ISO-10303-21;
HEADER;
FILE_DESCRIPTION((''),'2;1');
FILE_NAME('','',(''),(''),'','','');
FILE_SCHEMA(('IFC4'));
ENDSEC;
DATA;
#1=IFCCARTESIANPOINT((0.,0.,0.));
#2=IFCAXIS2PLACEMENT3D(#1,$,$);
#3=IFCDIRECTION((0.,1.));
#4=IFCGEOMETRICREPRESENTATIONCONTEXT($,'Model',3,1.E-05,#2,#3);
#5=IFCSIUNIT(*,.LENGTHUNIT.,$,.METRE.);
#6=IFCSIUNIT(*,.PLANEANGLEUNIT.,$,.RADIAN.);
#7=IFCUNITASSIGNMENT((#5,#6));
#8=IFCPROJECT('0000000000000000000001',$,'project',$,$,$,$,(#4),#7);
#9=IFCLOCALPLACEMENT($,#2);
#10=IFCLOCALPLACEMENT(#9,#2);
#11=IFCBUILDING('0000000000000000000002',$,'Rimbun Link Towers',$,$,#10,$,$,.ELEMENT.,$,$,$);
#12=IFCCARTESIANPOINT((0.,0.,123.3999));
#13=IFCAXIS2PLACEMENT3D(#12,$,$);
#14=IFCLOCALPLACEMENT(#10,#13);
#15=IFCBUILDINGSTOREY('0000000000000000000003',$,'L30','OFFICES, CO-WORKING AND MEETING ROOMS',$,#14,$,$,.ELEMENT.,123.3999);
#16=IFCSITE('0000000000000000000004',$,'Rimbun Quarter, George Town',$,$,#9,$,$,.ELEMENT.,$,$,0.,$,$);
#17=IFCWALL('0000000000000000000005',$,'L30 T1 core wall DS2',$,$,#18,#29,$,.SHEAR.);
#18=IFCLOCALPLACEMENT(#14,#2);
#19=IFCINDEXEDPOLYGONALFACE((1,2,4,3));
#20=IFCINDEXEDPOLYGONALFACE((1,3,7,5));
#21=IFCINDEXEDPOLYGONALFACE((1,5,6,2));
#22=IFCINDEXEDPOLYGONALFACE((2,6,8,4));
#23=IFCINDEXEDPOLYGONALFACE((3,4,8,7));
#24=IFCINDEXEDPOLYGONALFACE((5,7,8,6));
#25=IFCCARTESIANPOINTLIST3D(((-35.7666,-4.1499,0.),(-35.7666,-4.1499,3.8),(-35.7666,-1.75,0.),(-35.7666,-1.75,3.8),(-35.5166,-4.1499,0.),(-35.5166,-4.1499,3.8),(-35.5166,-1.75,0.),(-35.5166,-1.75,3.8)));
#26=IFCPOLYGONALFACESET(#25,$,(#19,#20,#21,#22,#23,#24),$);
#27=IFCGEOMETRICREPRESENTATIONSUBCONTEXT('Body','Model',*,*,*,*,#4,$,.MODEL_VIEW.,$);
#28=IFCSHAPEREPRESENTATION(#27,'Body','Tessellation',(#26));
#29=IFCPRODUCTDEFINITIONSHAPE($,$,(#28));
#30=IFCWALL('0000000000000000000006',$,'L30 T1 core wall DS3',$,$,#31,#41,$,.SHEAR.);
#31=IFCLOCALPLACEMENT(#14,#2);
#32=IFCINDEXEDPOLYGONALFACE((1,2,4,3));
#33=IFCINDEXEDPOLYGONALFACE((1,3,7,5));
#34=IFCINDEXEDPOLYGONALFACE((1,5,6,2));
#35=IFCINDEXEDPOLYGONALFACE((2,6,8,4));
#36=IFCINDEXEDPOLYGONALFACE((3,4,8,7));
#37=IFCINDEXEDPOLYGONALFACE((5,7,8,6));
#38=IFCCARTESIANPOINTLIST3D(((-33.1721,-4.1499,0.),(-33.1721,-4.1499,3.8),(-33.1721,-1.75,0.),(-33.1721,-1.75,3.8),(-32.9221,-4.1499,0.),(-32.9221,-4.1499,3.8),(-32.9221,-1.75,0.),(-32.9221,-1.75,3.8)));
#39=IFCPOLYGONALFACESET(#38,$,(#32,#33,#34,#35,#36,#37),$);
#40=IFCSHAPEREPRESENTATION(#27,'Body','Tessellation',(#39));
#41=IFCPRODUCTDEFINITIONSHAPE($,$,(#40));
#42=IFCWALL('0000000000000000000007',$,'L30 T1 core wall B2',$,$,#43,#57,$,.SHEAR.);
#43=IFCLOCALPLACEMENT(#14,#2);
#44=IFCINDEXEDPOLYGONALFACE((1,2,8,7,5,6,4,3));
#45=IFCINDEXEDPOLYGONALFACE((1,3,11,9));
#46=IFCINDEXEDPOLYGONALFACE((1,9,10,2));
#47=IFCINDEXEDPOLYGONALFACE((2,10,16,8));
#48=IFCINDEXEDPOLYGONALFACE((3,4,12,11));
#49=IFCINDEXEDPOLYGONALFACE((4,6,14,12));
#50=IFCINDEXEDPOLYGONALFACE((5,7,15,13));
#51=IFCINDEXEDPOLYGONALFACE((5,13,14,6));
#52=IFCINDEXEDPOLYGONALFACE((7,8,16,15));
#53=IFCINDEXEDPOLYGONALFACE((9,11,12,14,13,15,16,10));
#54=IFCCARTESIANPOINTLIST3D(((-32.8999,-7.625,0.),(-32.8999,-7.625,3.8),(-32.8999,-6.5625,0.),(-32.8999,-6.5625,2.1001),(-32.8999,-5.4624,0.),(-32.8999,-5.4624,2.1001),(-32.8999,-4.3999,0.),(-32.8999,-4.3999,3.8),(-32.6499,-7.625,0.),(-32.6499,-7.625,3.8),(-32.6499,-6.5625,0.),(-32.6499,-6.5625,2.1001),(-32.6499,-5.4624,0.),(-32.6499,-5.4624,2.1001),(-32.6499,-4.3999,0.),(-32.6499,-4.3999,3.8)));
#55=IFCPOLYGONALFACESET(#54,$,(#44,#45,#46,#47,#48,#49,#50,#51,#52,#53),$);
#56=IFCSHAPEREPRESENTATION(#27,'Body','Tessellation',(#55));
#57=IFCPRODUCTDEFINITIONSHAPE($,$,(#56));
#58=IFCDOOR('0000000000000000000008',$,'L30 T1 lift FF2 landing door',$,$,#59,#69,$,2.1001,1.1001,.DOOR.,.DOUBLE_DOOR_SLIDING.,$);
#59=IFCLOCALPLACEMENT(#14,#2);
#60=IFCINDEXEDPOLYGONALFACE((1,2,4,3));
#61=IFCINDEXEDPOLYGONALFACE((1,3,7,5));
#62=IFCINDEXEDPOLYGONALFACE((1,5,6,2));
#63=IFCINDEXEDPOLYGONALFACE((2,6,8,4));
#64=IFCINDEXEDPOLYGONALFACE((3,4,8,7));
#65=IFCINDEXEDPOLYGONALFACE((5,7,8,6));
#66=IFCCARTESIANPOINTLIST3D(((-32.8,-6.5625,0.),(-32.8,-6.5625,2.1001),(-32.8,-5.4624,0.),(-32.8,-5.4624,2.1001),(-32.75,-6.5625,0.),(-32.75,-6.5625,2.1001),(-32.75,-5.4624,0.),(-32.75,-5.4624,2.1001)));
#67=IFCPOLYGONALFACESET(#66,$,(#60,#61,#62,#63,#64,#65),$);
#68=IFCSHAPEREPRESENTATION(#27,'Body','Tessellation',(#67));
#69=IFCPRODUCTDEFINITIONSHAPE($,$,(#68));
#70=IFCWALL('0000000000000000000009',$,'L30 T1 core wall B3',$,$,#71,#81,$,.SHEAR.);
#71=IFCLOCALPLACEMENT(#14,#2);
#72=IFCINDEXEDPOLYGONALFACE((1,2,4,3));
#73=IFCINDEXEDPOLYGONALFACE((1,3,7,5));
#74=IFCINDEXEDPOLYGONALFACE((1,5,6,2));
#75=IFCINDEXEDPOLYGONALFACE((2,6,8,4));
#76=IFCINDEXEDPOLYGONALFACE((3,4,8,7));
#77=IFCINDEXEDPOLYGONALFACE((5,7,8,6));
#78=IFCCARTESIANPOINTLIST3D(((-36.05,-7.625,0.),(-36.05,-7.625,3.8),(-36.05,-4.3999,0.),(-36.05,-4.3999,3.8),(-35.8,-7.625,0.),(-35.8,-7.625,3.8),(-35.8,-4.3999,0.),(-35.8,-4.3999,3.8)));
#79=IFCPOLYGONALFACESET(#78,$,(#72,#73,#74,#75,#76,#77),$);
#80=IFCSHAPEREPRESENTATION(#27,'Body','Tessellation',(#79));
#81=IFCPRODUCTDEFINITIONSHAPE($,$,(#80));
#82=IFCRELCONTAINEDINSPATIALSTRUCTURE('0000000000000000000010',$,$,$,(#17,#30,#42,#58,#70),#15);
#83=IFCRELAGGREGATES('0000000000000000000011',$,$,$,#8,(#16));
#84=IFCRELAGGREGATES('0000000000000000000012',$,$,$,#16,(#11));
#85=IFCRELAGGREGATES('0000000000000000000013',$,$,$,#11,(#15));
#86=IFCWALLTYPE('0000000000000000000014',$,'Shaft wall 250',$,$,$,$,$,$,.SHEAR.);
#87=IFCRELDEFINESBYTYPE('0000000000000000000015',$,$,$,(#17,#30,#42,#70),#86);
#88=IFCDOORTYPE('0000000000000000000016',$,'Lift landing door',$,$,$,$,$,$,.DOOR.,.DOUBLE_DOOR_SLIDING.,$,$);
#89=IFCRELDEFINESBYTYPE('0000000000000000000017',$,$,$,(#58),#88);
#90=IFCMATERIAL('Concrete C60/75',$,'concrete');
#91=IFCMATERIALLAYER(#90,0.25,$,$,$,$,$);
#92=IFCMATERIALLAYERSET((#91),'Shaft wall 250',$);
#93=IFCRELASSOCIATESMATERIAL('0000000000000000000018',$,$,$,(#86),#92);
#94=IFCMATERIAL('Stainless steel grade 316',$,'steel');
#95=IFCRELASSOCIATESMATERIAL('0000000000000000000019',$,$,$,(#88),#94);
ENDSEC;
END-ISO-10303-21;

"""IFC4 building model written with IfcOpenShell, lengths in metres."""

from ifc_helpers import new_model, si_unit, direction, frame, frame_2d, origin, place, context, subcontext, project, spatial, rectangle, extrude, material, layer, layer_set, type_object, element, fill, save


model = new_model("IFC4")

# Units and contexts
model_context = context("Model", 3, precision=1e-05, world=origin(), true_north=direction((0.0, 1.0)))
body_context = subcontext(model_context, "Body", "Model", "MODEL_VIEW")
ifc_project = project(units=[si_unit("LENGTHUNIT", "METRE"), si_unit("PLANEANGLEUNIT", "RADIAN")], contexts=[model_context])

# Site, building, storey
site_placement = place(None, origin())
site = spatial("IfcSite", under=ifc_project, at=site_placement, Name="Rimbun Quarter, George Town", CompositionType="ELEMENT", RefElevation=0.0)
building_placement = place(site_placement, origin())
building = spatial("IfcBuilding", under=site, at=building_placement, Name="Rimbun Link Towers", CompositionType="ELEMENT")
storey_placement = place(building_placement, frame((0.0, 0.0, 123.3999)))
storey = spatial("IfcBuildingStorey", under=building, at=storey_placement, Name="L30", Description="OFFICES, CO-WORKING AND MEETING ROOMS", CompositionType="ELEMENT", Elevation=123.3999)

# Walls
ifc_material_1 = material(Name="Concrete C60/75", Category="concrete")
ifc_layer_1 = layer(ifc_material_1, 0.25)
ifc_layer_set_1 = layer_set([ifc_layer_1], Name="Shaft wall 250")
wall_type_1 = type_object("IfcWallType", Name="Shaft wall 250", PredefinedType="SHEAR", material=ifc_layer_set_1)
for number, where, z_axis, x_axis, name in (
    (1, (-35.6416, -4.1499, 0.0), (0.0, 0.0, 1.0), (0.0, 1.0, 0.0), "L30 T1 core wall DS2"),
    (2, (-33.0471, -4.1499, 0.0), (0.0, 0.0, 1.0), (0.0, 1.0, 0.0), "L30 T1 core wall DS3"),
):
    element("IfcWall", number, at=place(storey_placement, frame(where, z_axis=z_axis, x_axis=x_axis)), inside=storey, type_object=wall_type_1, Name=name, PredefinedType="SHEAR", context=body_context, shape_type="SweptSolid", body=[
        extrude(rectangle(XDim=2.3999, YDim=0.25, at=frame_2d((1.2, 0.0))), origin(), (0.0, 0.0, 1.0), 3.8),
    ])

# Wall, opening, door
wall_1_placement = place(storey_placement, frame((-32.7749, -4.3999, 0.0), z_axis=(0.0, 0.0, 1.0), x_axis=(0.0, -1.0, 0.0)))
wall_1 = element("IfcWall", 3, at=wall_1_placement, inside=storey, type_object=wall_type_1, Name="L30 T1 core wall B2", PredefinedType="SHEAR", context=body_context, shape_type="SweptSolid", body=[
    extrude(rectangle(XDim=3.2251, YDim=0.25, at=frame_2d((1.6125, 0.0))), origin(), (0.0, 0.0, 1.0), 3.8),
])
opening_placement = place(wall_1_placement, frame((1.0625, 0.0, 0.0)))
opening = element("IfcOpeningElement", 4, at=opening_placement, cuts=wall_1, PredefinedType="OPENING", context=body_context, shape_type="SweptSolid", body=[
    extrude(rectangle(XDim=1.1001, YDim=2.1001, at=frame_2d((0.55, 1.05))), frame((0.0, 0.135, 0.0), z_axis=(0.0, -1.0, 0.0), x_axis=(1.0, 0.0, 0.0)), (0.0, 0.0, 1.0), 0.27),
])
ifc_material_2 = material(Name="Stainless steel grade 316", Category="steel")
door_type = type_object("IfcDoorType", Name="Lift landing door", OperationType="DOUBLE_DOOR_SLIDING", PredefinedType="DOOR", material=ifc_material_2)
door_placement = place(opening_placement, origin())
door = element("IfcDoor", 5, at=door_placement, inside=storey, type_object=door_type, Name="L30 T1 lift FF2 landing door", OperationType="DOUBLE_DOOR_SLIDING", OverallHeight=2.1001, OverallWidth=1.1001, PredefinedType="DOOR", context=body_context, shape_type="SweptSolid", body=[
    extrude(rectangle(XDim=1.1001, YDim=2.1001, at=frame_2d((0.55, 1.05))), frame((0.0, 0.0249, 0.0), z_axis=(0.0, -1.0, 0.0), x_axis=(1.0, 0.0, 0.0)), (0.0, 0.0, 1.0), 0.05),
])
fill(opening, door)

# Wall
wall_2_placement = place(storey_placement, frame((-35.925, -4.3999, 0.0), z_axis=(0.0, 0.0, 1.0), x_axis=(0.0, -1.0, 0.0)))
element("IfcWall", 6, at=wall_2_placement, inside=storey, type_object=wall_type_1, Name="L30 T1 core wall B3", PredefinedType="SHEAR", context=body_context, shape_type="SweptSolid", body=[
    extrude(rectangle(XDim=3.2251, YDim=0.25, at=frame_2d((1.6125, 0.0))), origin(), (0.0, 0.0, 1.0), 3.8),
])

save(model, "model.ifc")
